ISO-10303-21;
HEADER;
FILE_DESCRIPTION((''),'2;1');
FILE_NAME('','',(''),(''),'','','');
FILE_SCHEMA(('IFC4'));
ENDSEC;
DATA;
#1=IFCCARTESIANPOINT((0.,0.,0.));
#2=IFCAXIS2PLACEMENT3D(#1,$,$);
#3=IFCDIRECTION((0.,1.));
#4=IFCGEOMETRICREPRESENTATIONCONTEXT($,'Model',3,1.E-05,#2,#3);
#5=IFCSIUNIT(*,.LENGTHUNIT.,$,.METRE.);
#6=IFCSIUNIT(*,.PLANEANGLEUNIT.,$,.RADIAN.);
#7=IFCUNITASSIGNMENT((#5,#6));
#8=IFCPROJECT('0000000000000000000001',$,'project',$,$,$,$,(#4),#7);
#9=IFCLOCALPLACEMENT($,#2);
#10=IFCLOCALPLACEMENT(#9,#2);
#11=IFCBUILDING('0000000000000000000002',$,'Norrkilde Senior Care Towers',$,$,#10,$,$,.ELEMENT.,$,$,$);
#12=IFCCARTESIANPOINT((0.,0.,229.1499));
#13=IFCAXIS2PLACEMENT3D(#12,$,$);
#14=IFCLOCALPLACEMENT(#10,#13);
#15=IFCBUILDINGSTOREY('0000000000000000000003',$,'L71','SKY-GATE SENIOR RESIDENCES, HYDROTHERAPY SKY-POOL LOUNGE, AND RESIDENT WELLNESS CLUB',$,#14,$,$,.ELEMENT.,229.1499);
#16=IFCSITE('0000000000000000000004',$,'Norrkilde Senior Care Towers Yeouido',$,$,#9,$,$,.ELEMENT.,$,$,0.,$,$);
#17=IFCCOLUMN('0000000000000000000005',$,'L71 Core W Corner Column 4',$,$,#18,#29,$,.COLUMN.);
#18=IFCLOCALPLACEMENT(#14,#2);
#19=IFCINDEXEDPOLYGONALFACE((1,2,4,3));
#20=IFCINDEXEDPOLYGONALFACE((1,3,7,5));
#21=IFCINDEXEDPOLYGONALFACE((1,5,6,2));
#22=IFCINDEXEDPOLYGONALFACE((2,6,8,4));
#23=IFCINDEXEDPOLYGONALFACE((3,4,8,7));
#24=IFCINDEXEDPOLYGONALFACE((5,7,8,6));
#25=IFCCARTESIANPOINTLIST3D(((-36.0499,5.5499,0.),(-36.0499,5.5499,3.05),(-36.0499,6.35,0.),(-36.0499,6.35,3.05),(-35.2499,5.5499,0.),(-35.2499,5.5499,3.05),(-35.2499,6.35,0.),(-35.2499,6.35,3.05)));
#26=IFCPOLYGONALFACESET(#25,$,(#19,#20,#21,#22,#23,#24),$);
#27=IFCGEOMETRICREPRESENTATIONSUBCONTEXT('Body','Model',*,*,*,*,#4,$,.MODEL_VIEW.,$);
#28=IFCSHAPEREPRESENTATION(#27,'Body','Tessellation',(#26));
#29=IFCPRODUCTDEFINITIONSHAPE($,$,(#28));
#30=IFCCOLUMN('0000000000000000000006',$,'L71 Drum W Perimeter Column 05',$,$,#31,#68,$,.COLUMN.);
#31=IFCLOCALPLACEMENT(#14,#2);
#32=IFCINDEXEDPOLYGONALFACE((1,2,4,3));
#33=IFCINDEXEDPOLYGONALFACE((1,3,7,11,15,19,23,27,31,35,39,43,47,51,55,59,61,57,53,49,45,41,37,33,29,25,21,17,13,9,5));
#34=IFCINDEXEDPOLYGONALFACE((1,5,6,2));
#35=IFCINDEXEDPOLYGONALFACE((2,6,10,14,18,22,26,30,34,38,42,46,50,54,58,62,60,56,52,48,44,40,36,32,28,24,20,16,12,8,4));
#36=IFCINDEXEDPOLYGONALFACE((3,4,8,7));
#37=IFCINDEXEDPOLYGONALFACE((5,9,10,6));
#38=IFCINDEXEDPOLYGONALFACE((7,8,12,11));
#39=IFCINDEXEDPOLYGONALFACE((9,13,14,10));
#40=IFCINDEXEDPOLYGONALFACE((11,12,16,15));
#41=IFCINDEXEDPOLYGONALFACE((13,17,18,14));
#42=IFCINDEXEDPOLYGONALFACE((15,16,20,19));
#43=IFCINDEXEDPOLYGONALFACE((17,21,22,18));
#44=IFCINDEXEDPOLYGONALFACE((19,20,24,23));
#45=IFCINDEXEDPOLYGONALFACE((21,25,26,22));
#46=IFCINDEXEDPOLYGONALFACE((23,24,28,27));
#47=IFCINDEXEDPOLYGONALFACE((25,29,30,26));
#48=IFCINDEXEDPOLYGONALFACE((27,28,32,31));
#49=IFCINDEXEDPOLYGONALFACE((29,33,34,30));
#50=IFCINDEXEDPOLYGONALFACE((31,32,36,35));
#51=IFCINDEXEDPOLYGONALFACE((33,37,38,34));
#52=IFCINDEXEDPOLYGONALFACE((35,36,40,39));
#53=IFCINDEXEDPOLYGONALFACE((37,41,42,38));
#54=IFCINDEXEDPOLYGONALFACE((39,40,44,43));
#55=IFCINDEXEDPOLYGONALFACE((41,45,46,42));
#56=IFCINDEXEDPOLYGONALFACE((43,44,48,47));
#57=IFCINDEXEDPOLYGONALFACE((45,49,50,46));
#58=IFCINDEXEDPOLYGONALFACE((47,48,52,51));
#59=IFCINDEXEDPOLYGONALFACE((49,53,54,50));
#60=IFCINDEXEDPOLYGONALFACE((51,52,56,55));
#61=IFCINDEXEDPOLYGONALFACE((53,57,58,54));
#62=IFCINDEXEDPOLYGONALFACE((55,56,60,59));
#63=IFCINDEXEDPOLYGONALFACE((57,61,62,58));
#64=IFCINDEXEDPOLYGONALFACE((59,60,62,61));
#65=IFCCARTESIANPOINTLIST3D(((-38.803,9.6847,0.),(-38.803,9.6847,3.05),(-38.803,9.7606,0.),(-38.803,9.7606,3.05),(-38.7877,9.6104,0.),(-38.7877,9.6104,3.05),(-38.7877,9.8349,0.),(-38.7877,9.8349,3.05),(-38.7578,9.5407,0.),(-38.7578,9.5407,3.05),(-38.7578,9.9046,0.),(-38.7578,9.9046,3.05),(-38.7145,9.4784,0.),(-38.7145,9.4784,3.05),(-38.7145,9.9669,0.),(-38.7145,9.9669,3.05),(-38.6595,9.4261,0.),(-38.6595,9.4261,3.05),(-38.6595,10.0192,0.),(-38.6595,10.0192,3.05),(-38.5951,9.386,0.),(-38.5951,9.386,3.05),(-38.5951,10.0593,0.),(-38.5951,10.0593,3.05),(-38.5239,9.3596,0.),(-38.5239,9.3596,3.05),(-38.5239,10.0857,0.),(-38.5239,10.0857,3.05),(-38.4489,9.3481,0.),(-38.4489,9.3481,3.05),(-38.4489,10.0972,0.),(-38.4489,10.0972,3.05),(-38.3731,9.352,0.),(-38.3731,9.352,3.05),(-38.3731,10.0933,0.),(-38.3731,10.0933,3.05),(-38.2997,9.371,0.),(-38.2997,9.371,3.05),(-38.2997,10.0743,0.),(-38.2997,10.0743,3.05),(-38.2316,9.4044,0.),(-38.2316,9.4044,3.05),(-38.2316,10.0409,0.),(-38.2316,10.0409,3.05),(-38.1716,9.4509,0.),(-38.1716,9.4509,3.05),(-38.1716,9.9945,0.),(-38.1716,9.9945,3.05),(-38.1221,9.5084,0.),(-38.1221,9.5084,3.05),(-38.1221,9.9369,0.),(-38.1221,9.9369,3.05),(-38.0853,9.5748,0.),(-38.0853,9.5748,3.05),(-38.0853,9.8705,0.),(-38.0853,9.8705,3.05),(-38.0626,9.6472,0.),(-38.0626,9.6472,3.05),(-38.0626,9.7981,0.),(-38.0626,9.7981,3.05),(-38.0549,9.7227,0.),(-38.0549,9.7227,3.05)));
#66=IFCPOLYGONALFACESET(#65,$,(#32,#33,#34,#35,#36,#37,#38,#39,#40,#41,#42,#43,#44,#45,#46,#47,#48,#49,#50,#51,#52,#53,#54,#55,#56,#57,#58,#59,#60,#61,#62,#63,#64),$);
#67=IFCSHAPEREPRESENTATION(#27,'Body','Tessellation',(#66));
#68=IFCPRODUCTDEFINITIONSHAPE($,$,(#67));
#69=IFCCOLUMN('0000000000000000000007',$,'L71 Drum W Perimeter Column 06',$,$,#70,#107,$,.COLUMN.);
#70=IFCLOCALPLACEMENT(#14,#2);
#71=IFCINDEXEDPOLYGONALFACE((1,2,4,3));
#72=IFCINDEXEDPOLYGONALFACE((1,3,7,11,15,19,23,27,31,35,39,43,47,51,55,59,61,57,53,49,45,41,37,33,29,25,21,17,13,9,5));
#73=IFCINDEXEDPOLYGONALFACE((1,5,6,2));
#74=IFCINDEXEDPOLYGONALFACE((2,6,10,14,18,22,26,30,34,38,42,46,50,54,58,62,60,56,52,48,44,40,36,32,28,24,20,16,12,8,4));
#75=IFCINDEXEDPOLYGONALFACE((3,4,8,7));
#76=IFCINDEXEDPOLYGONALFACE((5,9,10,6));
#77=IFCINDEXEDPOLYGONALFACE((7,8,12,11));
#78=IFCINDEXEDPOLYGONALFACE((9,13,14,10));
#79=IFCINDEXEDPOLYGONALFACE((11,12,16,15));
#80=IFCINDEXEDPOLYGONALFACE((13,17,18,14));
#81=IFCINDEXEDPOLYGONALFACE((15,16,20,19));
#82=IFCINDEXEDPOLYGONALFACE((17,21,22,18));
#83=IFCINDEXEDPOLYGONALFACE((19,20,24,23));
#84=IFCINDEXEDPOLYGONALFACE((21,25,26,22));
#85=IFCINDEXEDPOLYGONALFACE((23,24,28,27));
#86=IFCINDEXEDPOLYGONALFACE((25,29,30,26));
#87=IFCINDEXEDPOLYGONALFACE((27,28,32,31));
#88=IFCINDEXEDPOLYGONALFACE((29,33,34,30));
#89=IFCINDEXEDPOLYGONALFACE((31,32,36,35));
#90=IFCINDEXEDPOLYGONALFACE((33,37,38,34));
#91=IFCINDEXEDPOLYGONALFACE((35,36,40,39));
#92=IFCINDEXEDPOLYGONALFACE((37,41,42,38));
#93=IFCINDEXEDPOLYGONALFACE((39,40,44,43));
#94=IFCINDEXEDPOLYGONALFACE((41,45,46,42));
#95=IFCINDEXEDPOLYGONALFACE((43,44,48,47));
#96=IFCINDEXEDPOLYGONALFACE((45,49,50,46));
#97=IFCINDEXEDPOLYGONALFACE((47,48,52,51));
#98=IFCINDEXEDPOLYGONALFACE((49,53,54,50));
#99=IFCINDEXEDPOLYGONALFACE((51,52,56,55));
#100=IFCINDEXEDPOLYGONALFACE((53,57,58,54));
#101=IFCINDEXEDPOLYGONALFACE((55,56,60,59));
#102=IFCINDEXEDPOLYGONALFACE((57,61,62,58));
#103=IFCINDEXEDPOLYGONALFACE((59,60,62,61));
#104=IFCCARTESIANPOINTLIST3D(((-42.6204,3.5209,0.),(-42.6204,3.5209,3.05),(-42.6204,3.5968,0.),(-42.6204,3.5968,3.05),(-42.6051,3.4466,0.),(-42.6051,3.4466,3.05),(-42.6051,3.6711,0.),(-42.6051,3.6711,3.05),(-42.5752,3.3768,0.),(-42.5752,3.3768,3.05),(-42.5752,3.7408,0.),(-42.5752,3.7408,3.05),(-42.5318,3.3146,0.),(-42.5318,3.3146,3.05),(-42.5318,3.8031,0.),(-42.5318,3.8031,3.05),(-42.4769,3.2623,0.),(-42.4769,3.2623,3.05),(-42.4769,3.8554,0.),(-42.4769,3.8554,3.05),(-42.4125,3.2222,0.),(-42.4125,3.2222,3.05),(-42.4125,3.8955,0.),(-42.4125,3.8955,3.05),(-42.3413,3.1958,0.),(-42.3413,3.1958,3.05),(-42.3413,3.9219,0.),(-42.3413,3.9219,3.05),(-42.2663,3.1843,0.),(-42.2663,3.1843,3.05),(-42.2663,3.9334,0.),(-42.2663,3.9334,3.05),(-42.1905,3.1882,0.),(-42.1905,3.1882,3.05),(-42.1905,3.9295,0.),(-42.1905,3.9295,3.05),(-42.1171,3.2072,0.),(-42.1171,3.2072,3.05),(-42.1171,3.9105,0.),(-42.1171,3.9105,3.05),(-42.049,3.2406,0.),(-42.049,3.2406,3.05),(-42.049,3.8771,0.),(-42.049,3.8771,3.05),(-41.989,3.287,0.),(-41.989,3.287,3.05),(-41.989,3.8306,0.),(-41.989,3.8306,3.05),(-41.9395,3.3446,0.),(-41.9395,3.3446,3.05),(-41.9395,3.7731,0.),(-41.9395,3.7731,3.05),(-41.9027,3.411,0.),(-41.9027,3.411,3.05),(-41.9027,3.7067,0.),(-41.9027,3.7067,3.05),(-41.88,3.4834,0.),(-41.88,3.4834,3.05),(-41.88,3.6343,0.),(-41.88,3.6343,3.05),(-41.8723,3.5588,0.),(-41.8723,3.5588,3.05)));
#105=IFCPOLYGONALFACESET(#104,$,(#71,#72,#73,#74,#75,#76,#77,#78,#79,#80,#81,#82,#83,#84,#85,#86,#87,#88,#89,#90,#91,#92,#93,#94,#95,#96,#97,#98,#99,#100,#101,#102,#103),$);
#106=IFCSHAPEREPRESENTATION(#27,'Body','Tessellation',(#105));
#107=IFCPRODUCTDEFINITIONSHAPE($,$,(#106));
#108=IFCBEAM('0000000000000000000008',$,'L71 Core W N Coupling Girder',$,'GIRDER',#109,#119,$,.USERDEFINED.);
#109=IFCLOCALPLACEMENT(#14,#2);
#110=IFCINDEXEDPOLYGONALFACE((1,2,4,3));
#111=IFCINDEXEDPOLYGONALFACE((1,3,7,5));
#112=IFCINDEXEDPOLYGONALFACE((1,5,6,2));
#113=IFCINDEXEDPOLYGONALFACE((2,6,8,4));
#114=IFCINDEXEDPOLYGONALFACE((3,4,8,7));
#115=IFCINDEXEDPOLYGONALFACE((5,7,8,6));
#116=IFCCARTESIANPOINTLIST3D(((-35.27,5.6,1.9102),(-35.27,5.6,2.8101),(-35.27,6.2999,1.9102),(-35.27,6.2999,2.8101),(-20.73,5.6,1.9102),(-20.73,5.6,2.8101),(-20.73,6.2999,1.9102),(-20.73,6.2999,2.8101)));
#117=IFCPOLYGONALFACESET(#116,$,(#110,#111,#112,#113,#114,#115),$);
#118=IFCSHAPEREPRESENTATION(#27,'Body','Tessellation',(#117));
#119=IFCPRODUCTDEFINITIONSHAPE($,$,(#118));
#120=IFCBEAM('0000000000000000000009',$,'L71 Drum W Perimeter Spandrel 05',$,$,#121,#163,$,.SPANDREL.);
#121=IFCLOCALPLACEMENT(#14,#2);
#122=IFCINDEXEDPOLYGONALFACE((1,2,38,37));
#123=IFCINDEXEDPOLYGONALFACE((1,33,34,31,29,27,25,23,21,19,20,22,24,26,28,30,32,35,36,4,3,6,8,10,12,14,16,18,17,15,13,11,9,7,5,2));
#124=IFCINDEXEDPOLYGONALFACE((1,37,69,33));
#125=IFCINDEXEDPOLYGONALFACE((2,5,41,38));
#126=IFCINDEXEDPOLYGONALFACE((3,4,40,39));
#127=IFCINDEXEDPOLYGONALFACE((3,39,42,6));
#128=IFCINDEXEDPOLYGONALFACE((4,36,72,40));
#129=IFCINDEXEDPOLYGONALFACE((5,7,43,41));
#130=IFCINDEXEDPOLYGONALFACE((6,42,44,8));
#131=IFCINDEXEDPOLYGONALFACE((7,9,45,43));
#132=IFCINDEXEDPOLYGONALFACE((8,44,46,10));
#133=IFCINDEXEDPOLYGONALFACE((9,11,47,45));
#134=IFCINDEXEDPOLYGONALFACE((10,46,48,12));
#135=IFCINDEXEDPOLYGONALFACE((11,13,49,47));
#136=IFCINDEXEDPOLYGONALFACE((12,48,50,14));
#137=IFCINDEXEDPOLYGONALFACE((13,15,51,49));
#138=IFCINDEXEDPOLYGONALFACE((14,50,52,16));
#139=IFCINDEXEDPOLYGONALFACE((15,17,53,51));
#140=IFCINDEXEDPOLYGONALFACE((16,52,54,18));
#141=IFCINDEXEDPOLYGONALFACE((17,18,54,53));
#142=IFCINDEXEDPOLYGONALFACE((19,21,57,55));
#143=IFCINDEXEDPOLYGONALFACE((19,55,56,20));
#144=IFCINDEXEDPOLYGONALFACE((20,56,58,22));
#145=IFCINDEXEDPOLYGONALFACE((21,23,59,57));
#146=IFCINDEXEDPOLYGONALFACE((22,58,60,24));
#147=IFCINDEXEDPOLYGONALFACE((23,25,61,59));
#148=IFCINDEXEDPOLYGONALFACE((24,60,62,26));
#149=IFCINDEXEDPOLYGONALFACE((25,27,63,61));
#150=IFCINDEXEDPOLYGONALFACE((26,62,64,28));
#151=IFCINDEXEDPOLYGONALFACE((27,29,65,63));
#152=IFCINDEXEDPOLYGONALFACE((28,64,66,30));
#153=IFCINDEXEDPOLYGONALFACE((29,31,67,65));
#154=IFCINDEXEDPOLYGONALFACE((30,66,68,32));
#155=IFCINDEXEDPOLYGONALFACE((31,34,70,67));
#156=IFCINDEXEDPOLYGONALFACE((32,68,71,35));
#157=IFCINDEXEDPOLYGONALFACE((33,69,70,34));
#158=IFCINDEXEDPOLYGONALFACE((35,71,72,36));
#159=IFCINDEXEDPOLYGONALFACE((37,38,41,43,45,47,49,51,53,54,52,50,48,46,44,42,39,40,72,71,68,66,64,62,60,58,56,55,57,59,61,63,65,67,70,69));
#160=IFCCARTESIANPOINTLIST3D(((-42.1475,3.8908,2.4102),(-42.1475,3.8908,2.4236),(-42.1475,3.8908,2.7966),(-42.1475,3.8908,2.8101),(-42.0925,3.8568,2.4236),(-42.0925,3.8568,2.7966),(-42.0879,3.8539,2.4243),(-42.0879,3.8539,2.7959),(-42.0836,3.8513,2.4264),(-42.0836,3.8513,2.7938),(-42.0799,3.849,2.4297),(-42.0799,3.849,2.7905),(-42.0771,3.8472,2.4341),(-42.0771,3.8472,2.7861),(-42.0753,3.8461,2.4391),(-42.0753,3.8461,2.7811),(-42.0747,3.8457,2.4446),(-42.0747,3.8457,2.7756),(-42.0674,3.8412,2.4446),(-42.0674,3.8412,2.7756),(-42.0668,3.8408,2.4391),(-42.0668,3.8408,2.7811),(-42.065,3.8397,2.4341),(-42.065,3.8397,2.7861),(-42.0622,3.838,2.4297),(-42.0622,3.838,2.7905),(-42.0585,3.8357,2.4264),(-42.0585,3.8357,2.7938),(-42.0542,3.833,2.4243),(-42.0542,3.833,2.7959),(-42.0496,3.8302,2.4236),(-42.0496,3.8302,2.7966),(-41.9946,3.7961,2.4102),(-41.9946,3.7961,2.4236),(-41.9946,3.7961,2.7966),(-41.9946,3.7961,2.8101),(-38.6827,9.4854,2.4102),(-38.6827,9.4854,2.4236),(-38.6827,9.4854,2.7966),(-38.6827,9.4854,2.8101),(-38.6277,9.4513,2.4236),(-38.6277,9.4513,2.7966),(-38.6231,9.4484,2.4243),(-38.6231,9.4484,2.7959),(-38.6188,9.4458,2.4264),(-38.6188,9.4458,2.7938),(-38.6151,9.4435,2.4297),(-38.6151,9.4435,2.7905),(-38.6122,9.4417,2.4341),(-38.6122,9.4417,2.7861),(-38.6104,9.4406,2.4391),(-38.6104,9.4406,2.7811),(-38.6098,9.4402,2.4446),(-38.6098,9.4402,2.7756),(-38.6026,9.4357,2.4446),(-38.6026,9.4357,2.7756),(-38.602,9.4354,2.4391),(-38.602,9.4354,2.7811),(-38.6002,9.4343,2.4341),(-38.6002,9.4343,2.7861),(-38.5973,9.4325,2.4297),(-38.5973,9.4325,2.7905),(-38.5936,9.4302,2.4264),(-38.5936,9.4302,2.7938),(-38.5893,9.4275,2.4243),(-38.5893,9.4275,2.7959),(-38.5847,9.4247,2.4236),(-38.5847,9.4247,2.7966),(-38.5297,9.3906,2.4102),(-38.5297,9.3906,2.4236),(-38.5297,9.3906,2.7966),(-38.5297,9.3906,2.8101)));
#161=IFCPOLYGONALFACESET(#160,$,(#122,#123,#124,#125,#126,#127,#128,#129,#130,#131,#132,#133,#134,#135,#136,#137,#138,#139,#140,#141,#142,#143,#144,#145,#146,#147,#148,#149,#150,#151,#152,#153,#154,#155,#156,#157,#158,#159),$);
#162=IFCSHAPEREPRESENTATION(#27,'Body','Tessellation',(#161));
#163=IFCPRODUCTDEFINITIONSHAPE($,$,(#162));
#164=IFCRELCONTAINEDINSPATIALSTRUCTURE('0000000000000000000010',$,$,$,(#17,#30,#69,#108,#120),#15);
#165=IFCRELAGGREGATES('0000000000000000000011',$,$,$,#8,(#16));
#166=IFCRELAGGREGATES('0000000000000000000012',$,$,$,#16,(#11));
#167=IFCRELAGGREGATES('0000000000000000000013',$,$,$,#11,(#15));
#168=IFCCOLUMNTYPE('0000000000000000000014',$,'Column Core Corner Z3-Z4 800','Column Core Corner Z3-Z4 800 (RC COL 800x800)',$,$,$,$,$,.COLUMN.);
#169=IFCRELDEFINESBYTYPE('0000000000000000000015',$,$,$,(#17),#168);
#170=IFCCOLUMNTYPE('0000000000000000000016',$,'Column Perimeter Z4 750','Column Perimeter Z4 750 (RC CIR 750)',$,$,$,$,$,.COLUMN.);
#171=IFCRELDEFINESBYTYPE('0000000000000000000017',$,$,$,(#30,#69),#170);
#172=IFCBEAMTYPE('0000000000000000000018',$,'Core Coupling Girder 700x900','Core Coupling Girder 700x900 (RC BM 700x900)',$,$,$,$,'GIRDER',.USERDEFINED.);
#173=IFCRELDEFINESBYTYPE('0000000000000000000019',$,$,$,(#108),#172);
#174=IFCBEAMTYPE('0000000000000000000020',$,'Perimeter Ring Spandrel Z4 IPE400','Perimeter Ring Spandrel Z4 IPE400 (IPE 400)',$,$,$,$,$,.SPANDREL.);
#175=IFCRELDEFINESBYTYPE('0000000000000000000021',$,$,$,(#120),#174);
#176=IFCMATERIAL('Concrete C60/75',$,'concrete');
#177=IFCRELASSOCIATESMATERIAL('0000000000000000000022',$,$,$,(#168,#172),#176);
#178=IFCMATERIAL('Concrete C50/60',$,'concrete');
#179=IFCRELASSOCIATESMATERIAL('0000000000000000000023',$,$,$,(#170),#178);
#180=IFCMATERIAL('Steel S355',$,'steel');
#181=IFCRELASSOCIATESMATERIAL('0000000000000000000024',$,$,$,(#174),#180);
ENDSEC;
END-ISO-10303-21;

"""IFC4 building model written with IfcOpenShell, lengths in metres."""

from ifc_helpers import new_model, si_unit, direction, frame, origin, origin_2d, place, context, subcontext, project, spatial, rectangle, circle, i_section, extrude, source, transform, mapped, material, material_profile, profile_set, type_object, type_shapes, element, save


model = new_model("IFC4")

# Units and contexts
model_context = context("Model", 3, precision=1e-05, world=origin(), true_north=direction((0.0, 1.0)))
body_context = subcontext(model_context, "Body", "Model", "MODEL_VIEW")
ifc_project = project(units=[si_unit("LENGTHUNIT", "METRE"), si_unit("PLANEANGLEUNIT", "RADIAN")], contexts=[model_context])

# Site, building, storey
site_placement = place(None, origin())
site = spatial("IfcSite", under=ifc_project, at=site_placement, Name="Norrkilde Senior Care Towers Yeouido", CompositionType="ELEMENT", RefElevation=0.0)
building_placement = place(site_placement, origin())
building = spatial("IfcBuilding", under=site, at=building_placement, Name="Norrkilde Senior Care Towers", CompositionType="ELEMENT")
storey_placement = place(building_placement, frame((0.0, 0.0, 229.1499)))
storey = spatial("IfcBuildingStorey", under=building, at=storey_placement, Name="L71", Description="SKY-GATE SENIOR RESIDENCES, HYDROTHERAPY SKY-POOL LOUNGE, AND RESIDENT WELLNESS CLUB", CompositionType="ELEMENT", Elevation=229.1499)

# Columns
ifc_material_1 = material(Name="Concrete C60/75", Category="concrete")
ifc_material_profile_1 = material_profile(ifc_material_1, rectangle(XDim=0.8, YDim=0.8, at=origin_2d()), Name="RC COL 800x800")
ifc_profile_set_1 = profile_set([ifc_material_profile_1], Name="Concrete C60/75")
column_type_1 = type_object("IfcColumnType", Name="Column Core Corner Z3-Z4 800", Description="Column Core Corner Z3-Z4 800 (RC COL 800x800)", PredefinedType="COLUMN", material=ifc_profile_set_1)
shared_shape_1 = source(origin(), body_context, "Body", "SweptSolid", [
    extrude(rectangle(XDim=0.8, YDim=0.8, at=origin_2d()), origin(), (0.0, 0.0, 1.0), 3.05),
])
type_shapes(column_type_1, [shared_shape_1])
column_placement = place(storey_placement, frame((-35.6499, 5.95, 0.0), z_axis=(0.0, 0.0, 1.0), x_axis=(1.0, 0.0, 0.0)))
element("IfcColumn", 1, at=column_placement, inside=storey, type_object=column_type_1, Name="L71 Core W Corner Column 4", PredefinedType="COLUMN", context=body_context, shape_type="MappedRepresentation", body=[
    mapped(shared_shape_1, transform((0.0, 0.0, 0.0), x_axis=(1.0, 0.0, 0.0), y_axis=(0.0, 1.0, 0.0), z_axis=(0.0, 0.0, 1.0), scale=1.0)),
])
ifc_material_2 = material(Name="Concrete C50/60", Category="concrete")
ifc_material_profile_2 = material_profile(ifc_material_2, circle(Radius=0.375, at=origin_2d()), Name="RC CIR 750")
ifc_profile_set_2 = profile_set([ifc_material_profile_2], Name="Concrete C50/60")
column_type_2 = type_object("IfcColumnType", Name="Column Perimeter Z4 750", Description="Column Perimeter Z4 750 (RC CIR 750)", PredefinedType="COLUMN", material=ifc_profile_set_2)
shared_shape_2 = source(origin(), body_context, "Body", "SweptSolid", [
    extrude(circle(Radius=0.375, at=origin_2d()), origin(), (0.0, 0.0, 1.0), 3.05),
])
type_shapes(column_type_2, [shared_shape_2])
for number, where, z_axis, x_axis, name in (
    (2, (-38.4299, 9.7227, 0.0), (0.0, 0.0, 1.0), (1.0, 0.0, 0.0), "L71 Drum W Perimeter Column 05"),
    (3, (-42.2473, 3.5588, 0.0), (0.0, 0.0, 1.0), (1.0, 0.0, 0.0), "L71 Drum W Perimeter Column 06"),
):
    element("IfcColumn", number, at=place(storey_placement, frame(where, z_axis=z_axis, x_axis=x_axis)), inside=storey, type_object=column_type_2, Name=name, PredefinedType="COLUMN", context=body_context, shape_type="MappedRepresentation", body=[
        mapped(shared_shape_2, transform((0.0, 0.0, 0.0), x_axis=(1.0, 0.0, 0.0), y_axis=(0.0, 1.0, 0.0), z_axis=(0.0, 0.0, 1.0), scale=1.0)),
    ])

# Beams
ifc_material_profile_3 = material_profile(ifc_material_1, rectangle(XDim=0.7, YDim=0.8999, at=origin_2d()), Name="RC BM 700x900")
ifc_profile_set_3 = profile_set([ifc_material_profile_3], Name="Concrete C60/75")
beam_type_1 = type_object("IfcBeamType", Name="Core Coupling Girder 700x900", Description="Core Coupling Girder 700x900 (RC BM 700x900)", ElementType="GIRDER", PredefinedType="USERDEFINED", material=ifc_profile_set_3)
shared_shape_3 = source(origin(), body_context, "Body", "SweptSolid", [
    extrude(rectangle(XDim=0.7, YDim=0.8999, at=origin_2d()), origin(), (0.0, 0.0, 1.0), 14.54),
])
type_shapes(beam_type_1, [shared_shape_3])
beam_1_placement = place(storey_placement, frame((-35.27, 5.95, 2.3601), z_axis=(1.0, 0.0, 0.0), x_axis=(0.0, 1.0, 0.0)))
element("IfcBeam", 4, at=beam_1_placement, inside=storey, type_object=beam_type_1, Name="L71 Core W N Coupling Girder", ObjectType="GIRDER", PredefinedType="USERDEFINED", context=body_context, shape_type="MappedRepresentation", body=[
    mapped(shared_shape_3, transform((0.0, 0.0, 0.0), x_axis=(1.0, 0.0, 0.0), y_axis=(0.0, 1.0, 0.0), z_axis=(0.0, 0.0, 1.0), scale=1.0)),
])
ifc_material_3 = material(Name="Steel S355", Category="steel")
ifc_material_profile_4 = material_profile(ifc_material_3, i_section(OverallWidth=0.1799, OverallDepth=0.3999, WebThickness=0.0085, FlangeThickness=0.0134, FilletRadius=0.021, at=origin_2d()), Name="IPE 400")
ifc_profile_set_4 = profile_set([ifc_material_profile_4], Name="Steel S355")
beam_type_2 = type_object("IfcBeamType", Name="Perimeter Ring Spandrel Z4 IPE400", Description="Perimeter Ring Spandrel Z4 IPE400 (IPE 400)", PredefinedType="SPANDREL", material=ifc_profile_set_4)
shared_shape_4 = source(origin(), body_context, "Body", "SweptSolid", [
    extrude(i_section(OverallWidth=0.1799, OverallDepth=0.3999, WebThickness=0.0085, FlangeThickness=0.0134, FilletRadius=0.021, at=origin_2d()), origin(), (0.0, 0.0, 1.0), 6.5806),
])
beam_2_placement = place(storey_placement, frame((-38.6062, 9.438, 2.6101), z_axis=(-0.52653, -0.850157, 0.0), x_axis=(0.850157, -0.52653, 0.0)))
element("IfcBeam", 5, at=beam_2_placement, inside=storey, type_object=beam_type_2, Name="L71 Drum W Perimeter Spandrel 05", PredefinedType="SPANDREL", context=body_context, shape_type="MappedRepresentation", body=[
    mapped(shared_shape_4, transform((0.0, 0.0, 0.0), x_axis=(1.0, 0.0, 0.0), y_axis=(0.0, 1.0, 0.0), z_axis=(0.0, 0.0, 1.0), scale=1.0)),
])

save(model, "model.ifc")
